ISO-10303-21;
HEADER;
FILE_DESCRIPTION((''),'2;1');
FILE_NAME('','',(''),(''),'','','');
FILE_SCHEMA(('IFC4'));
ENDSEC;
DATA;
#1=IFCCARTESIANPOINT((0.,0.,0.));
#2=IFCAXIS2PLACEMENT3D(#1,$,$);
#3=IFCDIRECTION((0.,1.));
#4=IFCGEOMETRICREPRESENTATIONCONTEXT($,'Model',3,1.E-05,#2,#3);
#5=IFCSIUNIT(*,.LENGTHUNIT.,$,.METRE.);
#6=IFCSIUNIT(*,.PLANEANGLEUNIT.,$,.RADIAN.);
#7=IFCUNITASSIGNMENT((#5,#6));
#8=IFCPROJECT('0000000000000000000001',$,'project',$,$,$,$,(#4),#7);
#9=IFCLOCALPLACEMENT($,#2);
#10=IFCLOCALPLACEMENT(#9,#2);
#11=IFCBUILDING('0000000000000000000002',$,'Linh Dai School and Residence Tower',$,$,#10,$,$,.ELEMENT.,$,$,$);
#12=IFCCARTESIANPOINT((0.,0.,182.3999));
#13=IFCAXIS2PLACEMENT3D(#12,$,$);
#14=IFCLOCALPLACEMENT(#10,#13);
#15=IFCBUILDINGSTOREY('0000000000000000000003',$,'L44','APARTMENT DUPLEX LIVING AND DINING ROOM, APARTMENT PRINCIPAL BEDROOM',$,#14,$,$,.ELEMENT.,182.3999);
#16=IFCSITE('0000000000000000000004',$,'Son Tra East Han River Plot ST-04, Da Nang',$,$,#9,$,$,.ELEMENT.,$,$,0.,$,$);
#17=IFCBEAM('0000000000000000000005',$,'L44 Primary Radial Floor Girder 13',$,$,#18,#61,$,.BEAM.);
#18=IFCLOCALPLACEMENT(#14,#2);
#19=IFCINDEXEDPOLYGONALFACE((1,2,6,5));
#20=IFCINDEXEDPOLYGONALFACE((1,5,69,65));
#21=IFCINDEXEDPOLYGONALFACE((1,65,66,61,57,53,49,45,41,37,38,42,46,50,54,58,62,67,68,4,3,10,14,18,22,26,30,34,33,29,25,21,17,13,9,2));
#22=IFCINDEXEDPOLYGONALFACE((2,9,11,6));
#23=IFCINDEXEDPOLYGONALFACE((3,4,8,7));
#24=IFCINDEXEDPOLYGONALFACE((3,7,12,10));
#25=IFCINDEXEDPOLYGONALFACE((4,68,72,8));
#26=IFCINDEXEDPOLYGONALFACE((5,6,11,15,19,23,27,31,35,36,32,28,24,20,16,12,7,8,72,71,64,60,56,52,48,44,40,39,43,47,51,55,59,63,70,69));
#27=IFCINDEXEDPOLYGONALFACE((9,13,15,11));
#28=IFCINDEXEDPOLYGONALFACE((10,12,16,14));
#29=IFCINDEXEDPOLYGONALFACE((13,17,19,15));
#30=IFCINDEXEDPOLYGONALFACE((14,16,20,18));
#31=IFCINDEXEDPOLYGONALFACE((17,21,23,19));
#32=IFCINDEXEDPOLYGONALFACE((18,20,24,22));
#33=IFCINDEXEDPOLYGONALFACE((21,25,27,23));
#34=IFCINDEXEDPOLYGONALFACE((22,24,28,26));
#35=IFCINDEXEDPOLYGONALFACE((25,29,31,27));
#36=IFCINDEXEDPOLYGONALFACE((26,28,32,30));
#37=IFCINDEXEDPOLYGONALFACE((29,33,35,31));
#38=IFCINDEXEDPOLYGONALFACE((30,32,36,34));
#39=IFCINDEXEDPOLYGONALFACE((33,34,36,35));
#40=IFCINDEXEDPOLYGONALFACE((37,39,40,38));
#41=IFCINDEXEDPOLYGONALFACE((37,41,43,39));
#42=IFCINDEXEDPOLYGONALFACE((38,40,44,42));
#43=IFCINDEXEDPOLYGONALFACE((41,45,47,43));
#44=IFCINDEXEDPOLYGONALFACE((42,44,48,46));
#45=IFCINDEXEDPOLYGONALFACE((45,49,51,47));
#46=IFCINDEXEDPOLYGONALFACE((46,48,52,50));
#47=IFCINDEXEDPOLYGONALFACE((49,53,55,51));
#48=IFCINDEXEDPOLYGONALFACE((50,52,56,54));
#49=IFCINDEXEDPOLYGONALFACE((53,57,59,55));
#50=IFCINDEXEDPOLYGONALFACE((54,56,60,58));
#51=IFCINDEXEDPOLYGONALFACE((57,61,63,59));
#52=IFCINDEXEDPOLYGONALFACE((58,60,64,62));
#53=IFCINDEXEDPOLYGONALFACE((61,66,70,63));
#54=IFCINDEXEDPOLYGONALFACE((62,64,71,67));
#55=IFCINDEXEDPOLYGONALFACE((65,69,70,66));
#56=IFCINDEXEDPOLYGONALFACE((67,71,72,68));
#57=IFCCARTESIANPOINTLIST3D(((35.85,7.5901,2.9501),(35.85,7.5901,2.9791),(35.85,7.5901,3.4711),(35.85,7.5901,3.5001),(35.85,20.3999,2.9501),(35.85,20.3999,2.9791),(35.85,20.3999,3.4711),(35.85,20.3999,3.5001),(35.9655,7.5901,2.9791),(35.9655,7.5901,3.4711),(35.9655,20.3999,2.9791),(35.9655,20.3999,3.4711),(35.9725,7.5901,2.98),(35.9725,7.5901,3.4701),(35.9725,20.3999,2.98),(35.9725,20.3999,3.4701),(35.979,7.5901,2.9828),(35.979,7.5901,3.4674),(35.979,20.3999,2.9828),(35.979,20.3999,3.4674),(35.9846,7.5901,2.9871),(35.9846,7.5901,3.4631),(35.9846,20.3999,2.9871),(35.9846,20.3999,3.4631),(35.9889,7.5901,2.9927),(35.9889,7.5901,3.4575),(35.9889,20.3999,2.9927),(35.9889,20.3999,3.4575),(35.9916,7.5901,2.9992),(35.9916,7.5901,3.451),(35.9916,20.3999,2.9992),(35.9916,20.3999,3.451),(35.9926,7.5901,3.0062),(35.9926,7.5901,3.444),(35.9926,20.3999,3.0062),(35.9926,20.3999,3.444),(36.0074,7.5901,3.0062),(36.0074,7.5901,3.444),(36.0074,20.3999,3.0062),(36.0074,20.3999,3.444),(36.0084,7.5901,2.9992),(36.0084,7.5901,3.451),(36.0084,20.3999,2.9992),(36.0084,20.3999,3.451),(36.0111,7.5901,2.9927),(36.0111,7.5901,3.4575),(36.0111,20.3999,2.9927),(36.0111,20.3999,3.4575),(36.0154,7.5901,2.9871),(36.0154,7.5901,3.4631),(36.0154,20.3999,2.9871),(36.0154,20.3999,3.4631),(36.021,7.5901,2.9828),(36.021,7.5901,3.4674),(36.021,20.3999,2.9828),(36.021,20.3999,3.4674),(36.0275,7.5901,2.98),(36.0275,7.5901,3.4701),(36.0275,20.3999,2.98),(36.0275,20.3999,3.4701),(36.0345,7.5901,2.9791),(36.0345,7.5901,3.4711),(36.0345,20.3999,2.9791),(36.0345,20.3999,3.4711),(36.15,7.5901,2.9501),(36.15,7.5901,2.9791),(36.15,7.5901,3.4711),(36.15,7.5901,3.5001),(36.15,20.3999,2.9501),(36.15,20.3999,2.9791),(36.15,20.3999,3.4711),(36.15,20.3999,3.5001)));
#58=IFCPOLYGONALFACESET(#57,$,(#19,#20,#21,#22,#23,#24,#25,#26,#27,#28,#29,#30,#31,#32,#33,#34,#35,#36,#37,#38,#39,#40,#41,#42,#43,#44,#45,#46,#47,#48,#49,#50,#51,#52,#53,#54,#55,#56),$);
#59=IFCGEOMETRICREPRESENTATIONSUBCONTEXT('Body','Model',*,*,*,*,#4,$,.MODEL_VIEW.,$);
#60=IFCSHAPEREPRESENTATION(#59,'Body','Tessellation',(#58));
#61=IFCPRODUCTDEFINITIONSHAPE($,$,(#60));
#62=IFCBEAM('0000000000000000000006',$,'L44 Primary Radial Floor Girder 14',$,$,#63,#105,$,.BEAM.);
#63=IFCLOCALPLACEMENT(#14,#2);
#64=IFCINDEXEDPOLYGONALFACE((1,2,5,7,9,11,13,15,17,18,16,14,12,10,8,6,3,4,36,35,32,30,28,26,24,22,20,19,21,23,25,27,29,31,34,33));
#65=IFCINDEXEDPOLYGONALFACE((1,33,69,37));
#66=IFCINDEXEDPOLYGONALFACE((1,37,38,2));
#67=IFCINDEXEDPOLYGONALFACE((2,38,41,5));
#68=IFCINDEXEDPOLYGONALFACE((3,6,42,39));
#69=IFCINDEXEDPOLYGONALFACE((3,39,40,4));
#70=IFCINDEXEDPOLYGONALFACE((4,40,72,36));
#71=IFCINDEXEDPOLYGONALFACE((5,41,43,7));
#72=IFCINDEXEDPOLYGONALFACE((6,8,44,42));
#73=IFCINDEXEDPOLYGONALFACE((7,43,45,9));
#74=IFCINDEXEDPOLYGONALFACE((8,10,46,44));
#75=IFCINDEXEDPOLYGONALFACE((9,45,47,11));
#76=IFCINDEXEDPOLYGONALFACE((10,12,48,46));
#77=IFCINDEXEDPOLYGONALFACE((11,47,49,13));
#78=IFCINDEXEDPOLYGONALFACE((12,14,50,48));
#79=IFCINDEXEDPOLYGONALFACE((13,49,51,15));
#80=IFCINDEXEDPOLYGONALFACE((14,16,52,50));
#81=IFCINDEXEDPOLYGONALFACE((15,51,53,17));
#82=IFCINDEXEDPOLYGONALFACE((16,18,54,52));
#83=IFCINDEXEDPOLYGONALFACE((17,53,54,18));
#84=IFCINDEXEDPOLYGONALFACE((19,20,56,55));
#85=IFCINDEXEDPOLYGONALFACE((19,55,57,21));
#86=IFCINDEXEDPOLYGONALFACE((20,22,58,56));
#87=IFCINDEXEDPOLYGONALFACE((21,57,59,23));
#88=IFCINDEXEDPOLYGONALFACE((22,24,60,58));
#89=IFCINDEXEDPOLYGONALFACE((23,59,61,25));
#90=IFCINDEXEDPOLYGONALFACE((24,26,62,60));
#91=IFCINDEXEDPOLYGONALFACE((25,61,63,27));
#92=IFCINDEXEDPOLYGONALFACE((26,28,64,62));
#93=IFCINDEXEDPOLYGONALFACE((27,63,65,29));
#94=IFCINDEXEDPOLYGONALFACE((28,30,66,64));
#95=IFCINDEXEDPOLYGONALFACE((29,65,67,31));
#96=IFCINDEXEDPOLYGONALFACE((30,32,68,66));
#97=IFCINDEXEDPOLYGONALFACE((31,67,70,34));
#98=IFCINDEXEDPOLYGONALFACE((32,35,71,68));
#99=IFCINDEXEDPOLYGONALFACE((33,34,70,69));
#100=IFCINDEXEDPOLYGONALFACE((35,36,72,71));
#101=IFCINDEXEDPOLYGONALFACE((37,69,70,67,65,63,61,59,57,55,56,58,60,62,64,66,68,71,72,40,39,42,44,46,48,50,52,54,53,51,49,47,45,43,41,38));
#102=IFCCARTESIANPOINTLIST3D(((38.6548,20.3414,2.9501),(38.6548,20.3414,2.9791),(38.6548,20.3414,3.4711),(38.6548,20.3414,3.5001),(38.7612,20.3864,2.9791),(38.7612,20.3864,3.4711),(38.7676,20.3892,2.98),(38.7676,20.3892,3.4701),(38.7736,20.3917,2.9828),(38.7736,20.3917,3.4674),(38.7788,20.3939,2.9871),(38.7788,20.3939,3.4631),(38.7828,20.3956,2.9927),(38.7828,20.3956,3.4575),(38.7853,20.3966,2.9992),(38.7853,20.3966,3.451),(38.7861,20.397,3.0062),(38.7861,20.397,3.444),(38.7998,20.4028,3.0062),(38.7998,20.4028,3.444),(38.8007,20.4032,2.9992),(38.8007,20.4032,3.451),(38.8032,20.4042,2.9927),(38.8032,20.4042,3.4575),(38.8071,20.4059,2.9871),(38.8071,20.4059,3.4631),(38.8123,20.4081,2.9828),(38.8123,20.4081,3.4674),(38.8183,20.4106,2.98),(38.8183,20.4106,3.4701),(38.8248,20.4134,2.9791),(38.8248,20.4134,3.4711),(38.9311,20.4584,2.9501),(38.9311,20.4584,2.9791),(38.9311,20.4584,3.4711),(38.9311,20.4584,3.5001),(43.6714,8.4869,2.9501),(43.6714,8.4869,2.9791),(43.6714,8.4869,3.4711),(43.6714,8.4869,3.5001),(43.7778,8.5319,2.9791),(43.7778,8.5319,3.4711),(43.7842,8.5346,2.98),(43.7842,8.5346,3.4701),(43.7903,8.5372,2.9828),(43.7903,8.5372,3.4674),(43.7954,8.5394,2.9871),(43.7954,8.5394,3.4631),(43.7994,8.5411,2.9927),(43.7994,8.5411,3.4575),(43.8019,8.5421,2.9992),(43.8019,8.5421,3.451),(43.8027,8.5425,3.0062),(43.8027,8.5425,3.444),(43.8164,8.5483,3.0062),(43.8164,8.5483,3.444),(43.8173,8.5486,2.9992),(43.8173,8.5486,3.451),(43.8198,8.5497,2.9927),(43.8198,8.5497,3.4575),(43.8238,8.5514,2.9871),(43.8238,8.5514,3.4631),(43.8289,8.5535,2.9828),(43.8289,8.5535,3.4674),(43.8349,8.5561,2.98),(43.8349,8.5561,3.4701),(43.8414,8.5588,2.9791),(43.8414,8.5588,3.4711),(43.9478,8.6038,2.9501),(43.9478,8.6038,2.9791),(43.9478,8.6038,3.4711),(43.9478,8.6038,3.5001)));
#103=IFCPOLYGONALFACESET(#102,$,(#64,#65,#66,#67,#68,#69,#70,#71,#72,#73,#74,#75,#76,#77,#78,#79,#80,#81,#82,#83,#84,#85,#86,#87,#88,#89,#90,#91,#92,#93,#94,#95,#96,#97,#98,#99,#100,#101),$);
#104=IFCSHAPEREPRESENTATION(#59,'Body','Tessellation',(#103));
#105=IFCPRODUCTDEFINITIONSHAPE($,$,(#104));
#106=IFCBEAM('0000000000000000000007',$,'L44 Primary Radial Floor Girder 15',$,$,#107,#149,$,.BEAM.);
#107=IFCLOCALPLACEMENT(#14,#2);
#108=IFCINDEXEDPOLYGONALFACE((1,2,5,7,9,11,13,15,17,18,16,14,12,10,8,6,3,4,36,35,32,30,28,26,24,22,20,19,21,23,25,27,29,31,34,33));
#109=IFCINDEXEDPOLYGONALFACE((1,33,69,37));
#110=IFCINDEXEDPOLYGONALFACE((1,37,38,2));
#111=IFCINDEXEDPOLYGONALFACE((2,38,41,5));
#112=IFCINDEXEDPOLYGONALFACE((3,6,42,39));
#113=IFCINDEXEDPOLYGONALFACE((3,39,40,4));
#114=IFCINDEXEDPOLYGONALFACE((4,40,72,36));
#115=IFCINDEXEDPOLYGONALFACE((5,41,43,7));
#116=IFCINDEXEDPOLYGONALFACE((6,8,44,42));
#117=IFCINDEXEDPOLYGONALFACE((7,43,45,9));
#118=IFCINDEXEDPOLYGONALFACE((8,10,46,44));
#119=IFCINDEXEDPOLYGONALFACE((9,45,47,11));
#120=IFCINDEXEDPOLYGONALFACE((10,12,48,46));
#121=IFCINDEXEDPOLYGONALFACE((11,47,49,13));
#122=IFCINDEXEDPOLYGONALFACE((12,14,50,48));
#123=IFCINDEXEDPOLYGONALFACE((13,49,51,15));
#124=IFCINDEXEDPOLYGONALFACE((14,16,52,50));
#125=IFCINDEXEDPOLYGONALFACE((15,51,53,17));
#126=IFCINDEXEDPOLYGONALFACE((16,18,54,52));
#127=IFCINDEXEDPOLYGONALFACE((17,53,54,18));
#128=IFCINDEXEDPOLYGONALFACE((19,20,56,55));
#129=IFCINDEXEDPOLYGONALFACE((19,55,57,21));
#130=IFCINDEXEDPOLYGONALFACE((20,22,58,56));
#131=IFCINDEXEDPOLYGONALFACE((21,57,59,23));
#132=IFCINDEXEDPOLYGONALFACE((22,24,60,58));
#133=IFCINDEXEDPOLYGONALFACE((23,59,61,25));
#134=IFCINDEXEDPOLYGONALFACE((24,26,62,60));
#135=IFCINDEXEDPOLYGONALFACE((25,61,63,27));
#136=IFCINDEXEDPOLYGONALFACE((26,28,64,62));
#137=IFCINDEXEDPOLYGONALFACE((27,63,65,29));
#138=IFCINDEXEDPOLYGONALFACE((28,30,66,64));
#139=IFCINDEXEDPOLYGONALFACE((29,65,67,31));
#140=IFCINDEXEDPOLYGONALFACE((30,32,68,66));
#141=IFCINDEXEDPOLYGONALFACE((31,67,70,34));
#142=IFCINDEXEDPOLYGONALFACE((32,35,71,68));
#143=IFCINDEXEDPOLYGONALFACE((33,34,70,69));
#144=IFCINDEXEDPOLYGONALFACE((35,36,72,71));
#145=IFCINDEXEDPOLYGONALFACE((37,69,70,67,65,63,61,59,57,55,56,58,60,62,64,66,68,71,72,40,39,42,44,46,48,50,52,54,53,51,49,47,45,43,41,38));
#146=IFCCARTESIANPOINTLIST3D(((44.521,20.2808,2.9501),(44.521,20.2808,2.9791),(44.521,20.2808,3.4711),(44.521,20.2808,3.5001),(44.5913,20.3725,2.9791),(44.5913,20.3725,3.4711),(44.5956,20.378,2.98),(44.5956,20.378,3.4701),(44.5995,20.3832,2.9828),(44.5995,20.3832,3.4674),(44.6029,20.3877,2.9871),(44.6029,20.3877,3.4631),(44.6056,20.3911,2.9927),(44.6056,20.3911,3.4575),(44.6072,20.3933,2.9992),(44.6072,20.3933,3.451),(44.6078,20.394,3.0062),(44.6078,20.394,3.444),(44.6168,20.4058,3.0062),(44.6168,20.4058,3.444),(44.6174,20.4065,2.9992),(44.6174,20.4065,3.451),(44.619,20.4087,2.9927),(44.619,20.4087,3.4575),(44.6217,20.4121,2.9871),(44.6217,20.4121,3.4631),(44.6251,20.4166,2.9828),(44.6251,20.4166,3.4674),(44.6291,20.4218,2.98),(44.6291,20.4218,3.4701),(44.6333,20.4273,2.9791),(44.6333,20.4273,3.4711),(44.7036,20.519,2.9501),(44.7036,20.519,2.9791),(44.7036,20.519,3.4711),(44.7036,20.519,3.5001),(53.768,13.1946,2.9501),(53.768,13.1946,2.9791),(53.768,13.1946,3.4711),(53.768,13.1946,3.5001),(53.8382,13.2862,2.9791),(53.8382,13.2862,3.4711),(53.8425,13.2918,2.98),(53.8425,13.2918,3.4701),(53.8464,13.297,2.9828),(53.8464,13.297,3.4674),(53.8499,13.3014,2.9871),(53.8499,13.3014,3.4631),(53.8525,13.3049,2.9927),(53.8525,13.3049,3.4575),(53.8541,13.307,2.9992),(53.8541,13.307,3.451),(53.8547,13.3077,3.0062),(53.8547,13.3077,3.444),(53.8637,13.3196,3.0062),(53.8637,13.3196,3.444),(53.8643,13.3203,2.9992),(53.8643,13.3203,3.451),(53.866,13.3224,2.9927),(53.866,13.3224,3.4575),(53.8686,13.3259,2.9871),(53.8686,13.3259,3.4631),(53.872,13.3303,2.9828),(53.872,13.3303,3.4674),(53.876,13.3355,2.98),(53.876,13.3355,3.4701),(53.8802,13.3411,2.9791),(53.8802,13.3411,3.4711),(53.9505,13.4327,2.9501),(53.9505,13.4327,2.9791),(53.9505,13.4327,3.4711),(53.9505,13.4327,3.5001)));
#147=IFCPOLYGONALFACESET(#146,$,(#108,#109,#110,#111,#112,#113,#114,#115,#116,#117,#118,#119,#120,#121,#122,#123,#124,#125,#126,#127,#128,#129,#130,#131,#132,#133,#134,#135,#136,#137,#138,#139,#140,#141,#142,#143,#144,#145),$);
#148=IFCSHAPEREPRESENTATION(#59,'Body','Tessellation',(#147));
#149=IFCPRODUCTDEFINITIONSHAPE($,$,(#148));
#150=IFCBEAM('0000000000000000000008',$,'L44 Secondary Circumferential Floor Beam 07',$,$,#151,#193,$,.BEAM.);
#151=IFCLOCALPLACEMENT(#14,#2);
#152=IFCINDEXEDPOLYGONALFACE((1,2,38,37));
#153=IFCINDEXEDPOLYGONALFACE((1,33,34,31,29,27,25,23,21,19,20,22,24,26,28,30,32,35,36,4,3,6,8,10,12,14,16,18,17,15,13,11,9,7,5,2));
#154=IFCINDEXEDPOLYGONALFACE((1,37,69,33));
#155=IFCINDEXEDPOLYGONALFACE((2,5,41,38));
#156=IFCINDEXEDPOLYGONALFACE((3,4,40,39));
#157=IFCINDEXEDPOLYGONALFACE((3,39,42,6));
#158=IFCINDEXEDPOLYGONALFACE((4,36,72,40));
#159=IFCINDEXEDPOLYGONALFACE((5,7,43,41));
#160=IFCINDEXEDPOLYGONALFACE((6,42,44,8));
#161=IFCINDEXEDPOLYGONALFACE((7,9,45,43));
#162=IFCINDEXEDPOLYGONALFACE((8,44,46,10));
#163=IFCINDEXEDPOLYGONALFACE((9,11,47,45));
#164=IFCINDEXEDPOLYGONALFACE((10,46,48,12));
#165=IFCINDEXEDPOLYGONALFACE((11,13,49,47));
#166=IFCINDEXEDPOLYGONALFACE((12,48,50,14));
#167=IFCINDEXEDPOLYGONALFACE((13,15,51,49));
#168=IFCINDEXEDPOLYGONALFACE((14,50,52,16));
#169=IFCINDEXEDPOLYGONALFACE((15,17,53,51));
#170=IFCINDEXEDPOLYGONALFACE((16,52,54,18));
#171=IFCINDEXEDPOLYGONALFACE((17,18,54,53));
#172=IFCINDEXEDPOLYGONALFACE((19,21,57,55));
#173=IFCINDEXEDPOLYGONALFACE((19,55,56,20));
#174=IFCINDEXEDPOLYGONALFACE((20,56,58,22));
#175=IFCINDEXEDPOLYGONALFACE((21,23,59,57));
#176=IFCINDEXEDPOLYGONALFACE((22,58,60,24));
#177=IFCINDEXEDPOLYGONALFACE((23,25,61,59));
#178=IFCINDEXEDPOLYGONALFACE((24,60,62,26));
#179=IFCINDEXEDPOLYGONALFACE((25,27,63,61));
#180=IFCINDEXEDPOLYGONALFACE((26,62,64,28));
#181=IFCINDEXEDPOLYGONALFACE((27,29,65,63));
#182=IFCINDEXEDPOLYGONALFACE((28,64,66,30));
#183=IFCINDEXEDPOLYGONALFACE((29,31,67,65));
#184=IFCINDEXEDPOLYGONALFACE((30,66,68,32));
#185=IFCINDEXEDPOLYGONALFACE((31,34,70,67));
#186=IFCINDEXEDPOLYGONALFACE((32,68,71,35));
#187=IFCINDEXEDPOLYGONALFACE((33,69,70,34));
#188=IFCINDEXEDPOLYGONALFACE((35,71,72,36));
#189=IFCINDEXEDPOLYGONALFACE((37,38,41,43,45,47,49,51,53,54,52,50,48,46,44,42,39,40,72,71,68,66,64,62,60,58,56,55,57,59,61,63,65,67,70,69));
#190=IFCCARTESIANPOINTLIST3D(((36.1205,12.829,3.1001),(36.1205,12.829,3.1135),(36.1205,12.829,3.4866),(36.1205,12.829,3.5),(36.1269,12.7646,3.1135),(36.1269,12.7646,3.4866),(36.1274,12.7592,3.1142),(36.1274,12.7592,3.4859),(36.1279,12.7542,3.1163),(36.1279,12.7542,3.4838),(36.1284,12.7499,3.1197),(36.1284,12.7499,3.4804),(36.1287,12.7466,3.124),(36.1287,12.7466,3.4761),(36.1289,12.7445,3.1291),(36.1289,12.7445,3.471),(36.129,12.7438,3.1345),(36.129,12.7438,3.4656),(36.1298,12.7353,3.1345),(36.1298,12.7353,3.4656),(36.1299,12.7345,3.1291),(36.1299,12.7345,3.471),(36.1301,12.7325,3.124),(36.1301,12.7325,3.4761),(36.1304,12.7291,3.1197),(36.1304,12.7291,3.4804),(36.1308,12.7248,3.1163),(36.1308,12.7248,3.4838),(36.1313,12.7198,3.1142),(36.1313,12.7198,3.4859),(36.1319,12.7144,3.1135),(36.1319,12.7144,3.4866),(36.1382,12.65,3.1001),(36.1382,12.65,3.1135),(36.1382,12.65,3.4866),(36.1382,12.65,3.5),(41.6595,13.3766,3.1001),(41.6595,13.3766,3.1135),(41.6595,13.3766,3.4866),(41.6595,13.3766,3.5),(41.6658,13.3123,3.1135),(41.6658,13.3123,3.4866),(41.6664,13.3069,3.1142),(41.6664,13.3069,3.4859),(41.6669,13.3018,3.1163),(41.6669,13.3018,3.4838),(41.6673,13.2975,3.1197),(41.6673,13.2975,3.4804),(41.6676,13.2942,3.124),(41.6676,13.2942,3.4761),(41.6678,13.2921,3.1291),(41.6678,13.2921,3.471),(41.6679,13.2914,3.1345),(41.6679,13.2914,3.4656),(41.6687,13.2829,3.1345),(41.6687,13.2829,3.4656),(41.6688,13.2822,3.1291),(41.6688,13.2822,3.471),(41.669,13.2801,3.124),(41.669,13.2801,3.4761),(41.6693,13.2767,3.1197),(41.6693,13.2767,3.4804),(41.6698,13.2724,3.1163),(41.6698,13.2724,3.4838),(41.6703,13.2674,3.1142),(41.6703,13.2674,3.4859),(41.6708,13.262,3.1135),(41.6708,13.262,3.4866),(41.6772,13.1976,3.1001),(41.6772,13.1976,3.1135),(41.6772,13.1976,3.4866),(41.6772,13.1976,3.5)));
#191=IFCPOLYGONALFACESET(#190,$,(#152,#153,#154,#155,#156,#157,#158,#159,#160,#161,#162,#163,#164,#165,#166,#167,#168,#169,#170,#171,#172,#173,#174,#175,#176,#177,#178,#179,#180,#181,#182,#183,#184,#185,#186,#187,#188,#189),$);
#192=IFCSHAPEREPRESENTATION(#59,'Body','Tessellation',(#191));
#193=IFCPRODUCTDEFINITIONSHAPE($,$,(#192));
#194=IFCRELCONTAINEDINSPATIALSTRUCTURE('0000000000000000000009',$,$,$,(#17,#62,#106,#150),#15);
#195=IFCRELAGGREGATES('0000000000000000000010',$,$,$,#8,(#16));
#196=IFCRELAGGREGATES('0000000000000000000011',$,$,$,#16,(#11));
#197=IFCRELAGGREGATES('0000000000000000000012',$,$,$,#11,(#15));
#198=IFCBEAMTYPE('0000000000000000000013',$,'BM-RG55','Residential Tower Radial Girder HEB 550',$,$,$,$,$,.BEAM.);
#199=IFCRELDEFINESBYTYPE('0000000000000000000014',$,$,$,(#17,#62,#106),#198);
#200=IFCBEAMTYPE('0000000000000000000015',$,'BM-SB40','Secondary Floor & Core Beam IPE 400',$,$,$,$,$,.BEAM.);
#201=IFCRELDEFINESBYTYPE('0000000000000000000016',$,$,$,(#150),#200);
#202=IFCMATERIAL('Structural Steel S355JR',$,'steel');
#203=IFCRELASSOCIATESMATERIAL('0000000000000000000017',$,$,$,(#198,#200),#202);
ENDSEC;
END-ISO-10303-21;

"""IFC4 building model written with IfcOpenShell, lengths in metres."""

from ifc_helpers import new_model, si_unit, direction, frame, origin, origin_2d, place, context, subcontext, project, spatial, i_section, extrude, material, material_profile, profile_set, type_object, element, save


model = new_model("IFC4")

# Units and contexts
model_context = context("Model", 3, precision=1e-05, world=origin(), true_north=direction((0.0, 1.0)))
body_context = subcontext(model_context, "Body", "Model", "MODEL_VIEW")
ifc_project = project(units=[si_unit("LENGTHUNIT", "METRE"), si_unit("PLANEANGLEUNIT", "RADIAN")], contexts=[model_context])

# Site, building, storey
site_placement = place(None, origin())
site = spatial("IfcSite", under=ifc_project, at=site_placement, Name="Son Tra East Han River Plot ST-04, Da Nang", CompositionType="ELEMENT", RefElevation=0.0)
building_placement = place(site_placement, origin())
building = spatial("IfcBuilding", under=site, at=building_placement, Name="Linh Dai School and Residence Tower", CompositionType="ELEMENT")
storey_placement = place(building_placement, frame((0.0, 0.0, 182.3999)))
storey = spatial("IfcBuildingStorey", under=building, at=storey_placement, Name="L44", Description="APARTMENT DUPLEX LIVING AND DINING ROOM, APARTMENT PRINCIPAL BEDROOM", CompositionType="ELEMENT", Elevation=182.3999)

# Shared definitions
ifc_material_1 = material(Name="Structural Steel S355JR", Category="steel")

# Beams
ifc_material_profile_1 = material_profile(ifc_material_1, i_section(OverallWidth=0.3, OverallDepth=0.55, WebThickness=0.0149, FlangeThickness=0.0291, FilletRadius=0.0271, at=origin_2d()), Name="HEB 550")
ifc_profile_set_1 = profile_set([ifc_material_profile_1], Name="Structural Steel S355JR")
beam_type_1 = type_object("IfcBeamType", Name="BM-RG55", Description="Residential Tower Radial Girder HEB 550", PredefinedType="BEAM", material=ifc_profile_set_1)
beam_1_placement = place(storey_placement, frame((36.0, 20.3999, 3.2251), z_axis=(0.0, -1.0, 0.0), x_axis=(1.0, 0.0, 0.0)))
element("IfcBeam", 1, at=beam_1_placement, inside=storey, type_object=beam_type_1, Name="L44 Primary Radial Floor Girder 13", PredefinedType="BEAM", context=body_context, shape_type="SweptSolid", body=[
    extrude(i_section(OverallWidth=0.3, OverallDepth=0.55, WebThickness=0.0149, FlangeThickness=0.0291, FilletRadius=0.0271, at=origin_2d()), origin(), (0.0, 0.0, 1.0), 12.8098),
])
beam_2_placement = place(storey_placement, frame((38.793, 20.3999, 3.2251), z_axis=(0.389722, -0.920933, 0.0), x_axis=(0.920933, 0.389722, 0.0)))
element("IfcBeam", 2, at=beam_2_placement, inside=storey, type_object=beam_type_1, Name="L44 Primary Radial Floor Girder 14", PredefinedType="BEAM", context=body_context, shape_type="SweptSolid", body=[
    extrude(i_section(OverallWidth=0.3, OverallDepth=0.55, WebThickness=0.0149, FlangeThickness=0.0291, FilletRadius=0.0271, at=origin_2d()), origin(), (0.0, 0.0, 1.0), 12.8723),
])
beam_3_placement = place(storey_placement, frame((44.6123, 20.3999, 3.2251), z_axis=(0.793733, -0.608267, 0.0), x_axis=(0.608267, 0.793733, 0.0)))
element("IfcBeam", 3, at=beam_3_placement, inside=storey, type_object=beam_type_1, Name="L44 Primary Radial Floor Girder 15", PredefinedType="BEAM", context=body_context, shape_type="SweptSolid", body=[
    extrude(i_section(OverallWidth=0.3, OverallDepth=0.55, WebThickness=0.0149, FlangeThickness=0.0291, FilletRadius=0.0271, at=origin_2d()), origin(), (0.0, 0.0, 1.0), 11.6499),
])
ifc_material_profile_2 = material_profile(ifc_material_1, i_section(OverallWidth=0.1799, OverallDepth=0.3999, WebThickness=0.0085, FlangeThickness=0.0134, FilletRadius=0.021, at=origin_2d()), Name="IPE 400")
ifc_profile_set_2 = profile_set([ifc_material_profile_2], Name="Structural Steel S355JR")
beam_type_2 = type_object("IfcBeamType", Name="BM-SB40", Description="Secondary Floor & Core Beam IPE 400", PredefinedType="BEAM", material=ifc_profile_set_2)
beam_4_placement = place(storey_placement, frame((36.1294, 12.7395, 3.3), z_axis=(0.995148, 0.098388, 0.0), x_axis=(-0.098388, 0.995148, 0.0)))
element("IfcBeam", 4, at=beam_4_placement, inside=storey, type_object=beam_type_2, Name="L44 Secondary Circumferential Floor Beam 07", PredefinedType="BEAM", context=body_context, shape_type="SweptSolid", body=[
    extrude(i_section(OverallWidth=0.1799, OverallDepth=0.3999, WebThickness=0.0085, FlangeThickness=0.0134, FilletRadius=0.021, at=origin_2d()), origin(), (0.0, 0.0, 1.0), 5.5659),
])

save(model, "model.ifc")
